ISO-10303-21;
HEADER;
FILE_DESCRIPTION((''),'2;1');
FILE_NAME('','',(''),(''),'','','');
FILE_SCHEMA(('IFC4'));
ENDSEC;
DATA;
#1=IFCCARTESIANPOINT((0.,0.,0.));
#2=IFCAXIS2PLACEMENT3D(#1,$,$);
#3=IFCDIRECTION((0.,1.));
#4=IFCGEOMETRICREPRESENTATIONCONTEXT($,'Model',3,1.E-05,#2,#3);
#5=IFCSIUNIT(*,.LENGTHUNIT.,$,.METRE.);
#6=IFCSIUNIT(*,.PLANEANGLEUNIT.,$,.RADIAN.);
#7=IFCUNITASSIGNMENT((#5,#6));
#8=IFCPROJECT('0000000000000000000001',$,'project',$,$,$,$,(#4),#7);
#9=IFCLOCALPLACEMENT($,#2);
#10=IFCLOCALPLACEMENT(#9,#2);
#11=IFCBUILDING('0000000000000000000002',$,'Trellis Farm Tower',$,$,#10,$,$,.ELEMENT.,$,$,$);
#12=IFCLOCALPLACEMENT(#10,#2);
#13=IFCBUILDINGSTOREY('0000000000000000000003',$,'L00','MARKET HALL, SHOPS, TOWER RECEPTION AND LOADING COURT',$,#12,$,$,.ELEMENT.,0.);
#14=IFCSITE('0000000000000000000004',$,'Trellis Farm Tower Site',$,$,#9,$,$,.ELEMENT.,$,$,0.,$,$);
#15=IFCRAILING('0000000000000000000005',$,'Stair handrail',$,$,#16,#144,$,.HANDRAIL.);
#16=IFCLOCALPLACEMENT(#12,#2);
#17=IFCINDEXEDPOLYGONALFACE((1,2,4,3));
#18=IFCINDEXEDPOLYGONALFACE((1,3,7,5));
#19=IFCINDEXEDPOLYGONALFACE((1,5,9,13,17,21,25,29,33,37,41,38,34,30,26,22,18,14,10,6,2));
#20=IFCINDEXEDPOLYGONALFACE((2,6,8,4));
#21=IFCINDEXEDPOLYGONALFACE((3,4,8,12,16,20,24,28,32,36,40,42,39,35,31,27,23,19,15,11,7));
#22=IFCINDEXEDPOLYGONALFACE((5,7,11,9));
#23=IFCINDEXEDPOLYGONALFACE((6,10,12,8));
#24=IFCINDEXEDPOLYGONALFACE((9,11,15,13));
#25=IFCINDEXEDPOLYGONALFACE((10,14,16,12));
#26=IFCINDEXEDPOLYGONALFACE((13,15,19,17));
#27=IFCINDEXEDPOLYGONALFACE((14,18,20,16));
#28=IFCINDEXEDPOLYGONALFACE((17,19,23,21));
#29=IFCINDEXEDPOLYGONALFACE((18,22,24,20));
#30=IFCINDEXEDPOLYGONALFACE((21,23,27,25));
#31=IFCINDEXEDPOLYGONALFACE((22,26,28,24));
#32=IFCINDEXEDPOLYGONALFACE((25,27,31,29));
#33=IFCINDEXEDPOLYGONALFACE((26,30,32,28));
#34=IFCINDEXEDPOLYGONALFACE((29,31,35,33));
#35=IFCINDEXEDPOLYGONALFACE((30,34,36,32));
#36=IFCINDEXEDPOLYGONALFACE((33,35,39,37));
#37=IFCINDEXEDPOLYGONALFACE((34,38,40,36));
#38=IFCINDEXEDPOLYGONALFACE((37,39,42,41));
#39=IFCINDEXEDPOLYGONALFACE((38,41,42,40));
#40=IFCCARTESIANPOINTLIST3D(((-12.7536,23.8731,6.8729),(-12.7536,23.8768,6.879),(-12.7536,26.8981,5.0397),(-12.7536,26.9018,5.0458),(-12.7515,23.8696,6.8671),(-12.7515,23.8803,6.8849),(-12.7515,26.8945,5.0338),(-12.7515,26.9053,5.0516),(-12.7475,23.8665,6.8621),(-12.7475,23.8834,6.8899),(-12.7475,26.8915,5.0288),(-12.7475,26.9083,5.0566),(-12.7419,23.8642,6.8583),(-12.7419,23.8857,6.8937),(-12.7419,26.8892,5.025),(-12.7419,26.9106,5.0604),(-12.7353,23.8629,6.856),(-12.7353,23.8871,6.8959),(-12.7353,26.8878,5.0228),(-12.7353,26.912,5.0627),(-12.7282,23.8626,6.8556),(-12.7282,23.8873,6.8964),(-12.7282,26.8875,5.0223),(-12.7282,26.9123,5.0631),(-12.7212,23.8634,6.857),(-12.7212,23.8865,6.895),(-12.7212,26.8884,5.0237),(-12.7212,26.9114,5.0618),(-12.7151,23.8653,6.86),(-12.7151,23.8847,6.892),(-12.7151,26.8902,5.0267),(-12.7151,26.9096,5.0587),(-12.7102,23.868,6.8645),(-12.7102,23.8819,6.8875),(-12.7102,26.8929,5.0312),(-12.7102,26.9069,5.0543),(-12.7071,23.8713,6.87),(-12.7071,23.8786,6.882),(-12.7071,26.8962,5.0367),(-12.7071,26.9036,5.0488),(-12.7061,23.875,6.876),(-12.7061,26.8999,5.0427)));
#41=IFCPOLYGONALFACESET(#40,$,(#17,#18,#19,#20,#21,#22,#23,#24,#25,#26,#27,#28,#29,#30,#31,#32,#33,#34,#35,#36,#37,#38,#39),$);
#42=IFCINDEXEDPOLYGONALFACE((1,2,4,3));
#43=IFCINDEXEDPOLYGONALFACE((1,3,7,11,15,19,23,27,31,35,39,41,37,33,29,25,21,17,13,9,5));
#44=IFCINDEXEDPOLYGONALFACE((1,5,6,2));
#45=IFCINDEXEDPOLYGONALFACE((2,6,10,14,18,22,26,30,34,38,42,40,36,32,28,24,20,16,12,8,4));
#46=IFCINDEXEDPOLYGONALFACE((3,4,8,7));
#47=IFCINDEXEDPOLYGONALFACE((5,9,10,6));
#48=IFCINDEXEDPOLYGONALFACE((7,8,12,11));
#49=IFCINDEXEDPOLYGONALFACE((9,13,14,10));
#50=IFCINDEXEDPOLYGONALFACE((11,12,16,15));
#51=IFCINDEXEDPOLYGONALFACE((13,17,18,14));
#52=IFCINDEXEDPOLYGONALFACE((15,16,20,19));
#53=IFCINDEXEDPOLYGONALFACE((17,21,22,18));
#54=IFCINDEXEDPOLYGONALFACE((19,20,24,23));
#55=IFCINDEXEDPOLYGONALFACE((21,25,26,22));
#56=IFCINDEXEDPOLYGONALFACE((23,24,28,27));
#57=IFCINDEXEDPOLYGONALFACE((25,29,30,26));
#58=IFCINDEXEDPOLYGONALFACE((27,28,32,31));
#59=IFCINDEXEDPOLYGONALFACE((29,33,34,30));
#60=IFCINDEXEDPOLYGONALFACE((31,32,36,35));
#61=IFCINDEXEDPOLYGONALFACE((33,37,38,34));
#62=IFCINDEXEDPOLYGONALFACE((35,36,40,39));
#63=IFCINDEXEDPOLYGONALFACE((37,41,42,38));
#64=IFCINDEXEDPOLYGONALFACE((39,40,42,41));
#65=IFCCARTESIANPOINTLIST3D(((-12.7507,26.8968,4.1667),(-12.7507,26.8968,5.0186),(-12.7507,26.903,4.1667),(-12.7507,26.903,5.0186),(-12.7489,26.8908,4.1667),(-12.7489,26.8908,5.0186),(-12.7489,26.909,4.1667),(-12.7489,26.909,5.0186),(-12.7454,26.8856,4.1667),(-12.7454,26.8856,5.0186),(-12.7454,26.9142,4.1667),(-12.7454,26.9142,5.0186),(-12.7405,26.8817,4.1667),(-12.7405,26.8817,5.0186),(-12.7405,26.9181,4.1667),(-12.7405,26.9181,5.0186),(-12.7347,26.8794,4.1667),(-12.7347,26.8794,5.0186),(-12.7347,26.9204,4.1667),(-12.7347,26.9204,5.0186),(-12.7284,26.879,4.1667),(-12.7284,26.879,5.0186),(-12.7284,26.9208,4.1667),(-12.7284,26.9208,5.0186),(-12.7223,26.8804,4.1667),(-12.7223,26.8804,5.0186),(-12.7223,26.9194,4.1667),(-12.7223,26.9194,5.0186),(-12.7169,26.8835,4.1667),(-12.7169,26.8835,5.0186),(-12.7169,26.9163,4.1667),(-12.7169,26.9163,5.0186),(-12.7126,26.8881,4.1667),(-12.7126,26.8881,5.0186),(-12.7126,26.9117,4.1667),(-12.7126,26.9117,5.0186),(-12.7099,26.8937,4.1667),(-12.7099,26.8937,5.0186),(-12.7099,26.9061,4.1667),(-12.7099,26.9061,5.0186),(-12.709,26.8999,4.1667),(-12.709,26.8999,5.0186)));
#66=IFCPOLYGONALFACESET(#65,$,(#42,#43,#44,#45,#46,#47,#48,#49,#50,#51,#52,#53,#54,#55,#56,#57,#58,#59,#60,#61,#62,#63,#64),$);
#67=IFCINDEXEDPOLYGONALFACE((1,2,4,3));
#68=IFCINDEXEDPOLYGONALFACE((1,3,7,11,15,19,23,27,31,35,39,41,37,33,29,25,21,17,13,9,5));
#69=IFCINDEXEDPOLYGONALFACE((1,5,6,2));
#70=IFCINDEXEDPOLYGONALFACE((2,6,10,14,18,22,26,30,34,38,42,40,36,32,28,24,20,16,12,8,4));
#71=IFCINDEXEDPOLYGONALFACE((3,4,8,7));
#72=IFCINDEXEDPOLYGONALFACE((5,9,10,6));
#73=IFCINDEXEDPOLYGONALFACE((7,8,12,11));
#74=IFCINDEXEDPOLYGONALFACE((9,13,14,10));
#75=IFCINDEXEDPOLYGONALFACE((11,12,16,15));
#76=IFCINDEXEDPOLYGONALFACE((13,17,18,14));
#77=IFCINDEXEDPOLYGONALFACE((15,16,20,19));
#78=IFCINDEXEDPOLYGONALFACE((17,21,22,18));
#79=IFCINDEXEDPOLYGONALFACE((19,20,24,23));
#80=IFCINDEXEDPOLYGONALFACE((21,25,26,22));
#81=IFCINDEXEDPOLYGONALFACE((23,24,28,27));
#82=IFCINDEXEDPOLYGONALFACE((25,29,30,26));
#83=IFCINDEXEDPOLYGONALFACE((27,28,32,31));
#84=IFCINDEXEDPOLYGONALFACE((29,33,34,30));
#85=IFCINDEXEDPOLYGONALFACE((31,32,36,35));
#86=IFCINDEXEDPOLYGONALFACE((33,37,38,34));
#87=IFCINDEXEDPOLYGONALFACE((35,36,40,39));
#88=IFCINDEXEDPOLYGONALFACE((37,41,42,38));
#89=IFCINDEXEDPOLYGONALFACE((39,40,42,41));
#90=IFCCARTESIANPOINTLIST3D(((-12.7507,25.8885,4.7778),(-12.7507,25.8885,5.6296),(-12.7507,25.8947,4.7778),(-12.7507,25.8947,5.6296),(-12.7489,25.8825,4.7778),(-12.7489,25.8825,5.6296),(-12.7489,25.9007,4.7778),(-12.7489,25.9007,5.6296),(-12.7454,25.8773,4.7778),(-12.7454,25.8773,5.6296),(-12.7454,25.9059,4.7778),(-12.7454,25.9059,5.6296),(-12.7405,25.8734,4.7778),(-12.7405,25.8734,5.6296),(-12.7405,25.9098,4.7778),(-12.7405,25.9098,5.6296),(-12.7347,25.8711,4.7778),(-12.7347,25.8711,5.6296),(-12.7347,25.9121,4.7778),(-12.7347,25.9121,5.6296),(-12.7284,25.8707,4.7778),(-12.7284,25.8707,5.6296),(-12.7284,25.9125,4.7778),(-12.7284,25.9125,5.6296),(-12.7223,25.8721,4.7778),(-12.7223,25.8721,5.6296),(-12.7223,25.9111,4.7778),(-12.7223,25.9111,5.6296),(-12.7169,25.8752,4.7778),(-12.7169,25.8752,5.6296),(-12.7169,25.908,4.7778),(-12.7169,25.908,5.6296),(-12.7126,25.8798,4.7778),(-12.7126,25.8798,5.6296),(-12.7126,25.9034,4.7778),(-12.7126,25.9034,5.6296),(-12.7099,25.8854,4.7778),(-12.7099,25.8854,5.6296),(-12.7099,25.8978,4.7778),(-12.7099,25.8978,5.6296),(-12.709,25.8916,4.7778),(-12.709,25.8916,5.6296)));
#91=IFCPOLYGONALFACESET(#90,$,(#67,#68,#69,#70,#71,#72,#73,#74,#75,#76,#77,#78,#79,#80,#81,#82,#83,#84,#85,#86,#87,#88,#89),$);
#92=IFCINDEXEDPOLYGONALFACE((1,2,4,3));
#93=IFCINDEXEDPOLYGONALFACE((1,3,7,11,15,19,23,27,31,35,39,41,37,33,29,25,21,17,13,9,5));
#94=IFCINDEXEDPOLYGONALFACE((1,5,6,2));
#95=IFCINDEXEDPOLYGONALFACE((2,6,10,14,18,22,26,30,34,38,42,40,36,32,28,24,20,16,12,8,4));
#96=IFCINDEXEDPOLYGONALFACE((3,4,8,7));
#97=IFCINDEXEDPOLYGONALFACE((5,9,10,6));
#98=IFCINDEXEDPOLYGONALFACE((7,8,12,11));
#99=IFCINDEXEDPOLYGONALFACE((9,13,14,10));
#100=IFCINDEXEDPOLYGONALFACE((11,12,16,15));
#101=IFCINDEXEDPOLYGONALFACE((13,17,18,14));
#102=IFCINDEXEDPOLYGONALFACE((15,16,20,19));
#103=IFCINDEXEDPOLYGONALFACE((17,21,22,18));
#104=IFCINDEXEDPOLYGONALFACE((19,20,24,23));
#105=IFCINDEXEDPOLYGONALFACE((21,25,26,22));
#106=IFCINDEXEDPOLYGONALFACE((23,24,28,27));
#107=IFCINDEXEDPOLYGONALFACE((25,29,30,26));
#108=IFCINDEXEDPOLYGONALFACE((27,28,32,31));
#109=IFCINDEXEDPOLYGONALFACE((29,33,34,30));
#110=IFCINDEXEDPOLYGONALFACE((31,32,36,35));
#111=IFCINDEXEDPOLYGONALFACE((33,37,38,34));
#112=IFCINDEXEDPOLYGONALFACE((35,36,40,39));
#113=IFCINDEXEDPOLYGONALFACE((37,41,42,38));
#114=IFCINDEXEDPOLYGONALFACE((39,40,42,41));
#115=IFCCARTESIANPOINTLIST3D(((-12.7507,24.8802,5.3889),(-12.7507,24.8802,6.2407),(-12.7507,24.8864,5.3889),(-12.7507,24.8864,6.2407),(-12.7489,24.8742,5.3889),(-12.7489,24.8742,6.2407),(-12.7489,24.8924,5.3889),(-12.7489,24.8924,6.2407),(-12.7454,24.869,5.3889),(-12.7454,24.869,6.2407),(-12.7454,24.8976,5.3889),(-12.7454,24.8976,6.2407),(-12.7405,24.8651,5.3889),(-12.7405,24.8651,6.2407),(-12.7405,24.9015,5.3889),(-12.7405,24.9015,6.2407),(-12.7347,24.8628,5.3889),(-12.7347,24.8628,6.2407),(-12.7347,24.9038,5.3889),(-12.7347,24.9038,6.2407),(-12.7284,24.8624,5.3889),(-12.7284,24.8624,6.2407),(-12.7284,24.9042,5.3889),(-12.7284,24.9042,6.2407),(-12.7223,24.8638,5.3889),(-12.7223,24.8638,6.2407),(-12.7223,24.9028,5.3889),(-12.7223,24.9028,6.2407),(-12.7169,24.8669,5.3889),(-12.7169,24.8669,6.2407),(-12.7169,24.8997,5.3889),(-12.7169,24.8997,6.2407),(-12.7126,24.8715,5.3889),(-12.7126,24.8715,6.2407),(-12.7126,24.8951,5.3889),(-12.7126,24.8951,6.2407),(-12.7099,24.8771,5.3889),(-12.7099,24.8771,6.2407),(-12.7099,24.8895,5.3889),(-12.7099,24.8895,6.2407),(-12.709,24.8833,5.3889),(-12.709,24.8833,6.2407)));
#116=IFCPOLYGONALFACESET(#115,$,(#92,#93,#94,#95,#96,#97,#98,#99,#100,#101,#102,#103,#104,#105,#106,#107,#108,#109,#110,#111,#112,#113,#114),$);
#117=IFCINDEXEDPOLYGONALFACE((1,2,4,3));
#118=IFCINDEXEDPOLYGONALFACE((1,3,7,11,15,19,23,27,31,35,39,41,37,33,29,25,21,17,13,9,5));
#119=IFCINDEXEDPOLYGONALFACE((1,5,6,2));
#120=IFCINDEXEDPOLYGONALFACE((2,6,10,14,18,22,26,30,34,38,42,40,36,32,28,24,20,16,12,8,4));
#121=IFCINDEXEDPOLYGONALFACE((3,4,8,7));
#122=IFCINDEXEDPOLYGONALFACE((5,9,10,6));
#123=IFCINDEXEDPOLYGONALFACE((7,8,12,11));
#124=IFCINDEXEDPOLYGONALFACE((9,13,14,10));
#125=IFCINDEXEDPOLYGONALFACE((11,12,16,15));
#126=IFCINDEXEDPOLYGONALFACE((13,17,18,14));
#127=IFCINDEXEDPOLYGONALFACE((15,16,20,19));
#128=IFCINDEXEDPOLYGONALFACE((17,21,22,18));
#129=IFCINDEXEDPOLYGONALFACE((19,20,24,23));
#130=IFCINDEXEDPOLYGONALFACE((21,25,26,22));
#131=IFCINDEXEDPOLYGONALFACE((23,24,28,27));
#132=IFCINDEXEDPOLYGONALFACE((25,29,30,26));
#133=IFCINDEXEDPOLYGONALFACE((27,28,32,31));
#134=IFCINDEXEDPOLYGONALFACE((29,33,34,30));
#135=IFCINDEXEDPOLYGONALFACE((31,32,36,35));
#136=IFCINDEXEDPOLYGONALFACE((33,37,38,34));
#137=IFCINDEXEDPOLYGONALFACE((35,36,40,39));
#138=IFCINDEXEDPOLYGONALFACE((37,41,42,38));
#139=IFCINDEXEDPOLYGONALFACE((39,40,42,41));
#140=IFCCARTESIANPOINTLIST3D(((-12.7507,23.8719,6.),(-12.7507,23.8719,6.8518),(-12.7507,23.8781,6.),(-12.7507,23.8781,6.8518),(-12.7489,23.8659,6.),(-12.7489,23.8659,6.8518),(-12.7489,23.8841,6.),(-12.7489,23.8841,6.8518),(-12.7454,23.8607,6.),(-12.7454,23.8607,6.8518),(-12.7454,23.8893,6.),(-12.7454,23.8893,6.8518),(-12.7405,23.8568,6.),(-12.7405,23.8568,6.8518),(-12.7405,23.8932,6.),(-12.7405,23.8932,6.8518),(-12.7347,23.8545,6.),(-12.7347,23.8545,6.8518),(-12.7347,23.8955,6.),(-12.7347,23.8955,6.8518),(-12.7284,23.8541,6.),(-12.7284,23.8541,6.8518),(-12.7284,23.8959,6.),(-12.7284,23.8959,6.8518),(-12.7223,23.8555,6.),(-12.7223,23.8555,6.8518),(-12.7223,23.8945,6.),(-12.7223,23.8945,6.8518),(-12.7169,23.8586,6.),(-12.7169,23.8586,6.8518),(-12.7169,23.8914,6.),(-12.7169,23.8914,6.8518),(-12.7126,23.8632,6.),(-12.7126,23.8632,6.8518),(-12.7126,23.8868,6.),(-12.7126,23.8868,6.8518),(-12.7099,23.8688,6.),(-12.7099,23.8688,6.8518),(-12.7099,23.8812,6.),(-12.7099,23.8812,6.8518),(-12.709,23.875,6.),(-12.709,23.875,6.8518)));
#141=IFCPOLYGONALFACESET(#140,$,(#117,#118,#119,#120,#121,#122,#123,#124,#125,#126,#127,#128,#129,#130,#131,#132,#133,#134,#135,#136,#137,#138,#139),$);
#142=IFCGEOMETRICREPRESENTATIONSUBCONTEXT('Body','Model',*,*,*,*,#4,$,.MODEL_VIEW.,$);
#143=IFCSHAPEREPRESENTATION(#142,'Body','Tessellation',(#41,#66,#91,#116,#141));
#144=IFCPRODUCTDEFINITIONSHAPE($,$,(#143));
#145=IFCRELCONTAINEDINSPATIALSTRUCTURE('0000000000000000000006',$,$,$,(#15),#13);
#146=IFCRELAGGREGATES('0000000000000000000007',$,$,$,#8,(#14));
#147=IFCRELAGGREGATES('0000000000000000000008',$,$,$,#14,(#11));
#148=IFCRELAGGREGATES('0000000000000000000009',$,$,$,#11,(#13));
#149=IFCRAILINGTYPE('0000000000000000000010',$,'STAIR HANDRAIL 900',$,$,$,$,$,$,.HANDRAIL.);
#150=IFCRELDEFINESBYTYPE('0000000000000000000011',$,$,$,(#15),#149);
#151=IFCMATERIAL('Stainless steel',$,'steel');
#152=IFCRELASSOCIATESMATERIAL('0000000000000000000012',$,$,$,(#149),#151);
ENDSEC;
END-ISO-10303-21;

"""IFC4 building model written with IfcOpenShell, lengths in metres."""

from ifc_helpers import new_model, si_unit, direction, frame, origin, origin_2d, place, context, subcontext, project, spatial, circle, extrude, source, transform, mapped, material, type_object, element, save


model = new_model("IFC4")

# Units and contexts
model_context = context("Model", 3, precision=1e-05, world=origin(), true_north=direction((0.0, 1.0)))
body_context = subcontext(model_context, "Body", "Model", "MODEL_VIEW")
ifc_project = project(units=[si_unit("LENGTHUNIT", "METRE"), si_unit("PLANEANGLEUNIT", "RADIAN")], contexts=[model_context])

# Site, building, storey
site_placement = place(None, origin())
site = spatial("IfcSite", under=ifc_project, at=site_placement, Name="Trellis Farm Tower Site", CompositionType="ELEMENT", RefElevation=0.0)
building_placement = place(site_placement, origin())
building = spatial("IfcBuilding", under=site, at=building_placement, Name="Trellis Farm Tower", CompositionType="ELEMENT")
storey_placement = place(building_placement, origin())
storey = spatial("IfcBuildingStorey", under=building, at=storey_placement, Name="L00", Description="MARKET HALL, SHOPS, TOWER RECEPTION AND LOADING COURT", CompositionType="ELEMENT", Elevation=0.0)

# Railing
ifc_material_1 = material(Name="Stainless steel", Category="steel")
railing_type = type_object("IfcRailingType", Name="STAIR HANDRAIL 900", PredefinedType="HANDRAIL", material=ifc_material_1)
shared_shape_1 = source(origin(), body_context, "Body", "SweptSolid", [
    extrude(circle(Radius=0.0239, at=origin_2d()), frame((0.0, 0.0, 0.876), z_axis=(0.0, -0.855201, 0.518297), x_axis=(1.0, 0.0, 0.0)), (0.0, 0.0, 1.0), 3.5371),
    extrude(circle(Radius=0.021, at=origin_2d()), origin(), (0.0, 0.0, 1.0), 0.8518),
    extrude(circle(Radius=0.021, at=origin_2d()), frame((0.0, -1.0083, 0.6111)), (0.0, 0.0, 1.0), 0.8518),
    extrude(circle(Radius=0.021, at=origin_2d()), frame((0.0, -2.0166, 1.2222)), (0.0, 0.0, 1.0), 0.8518),
    extrude(circle(Radius=0.021, at=origin_2d()), frame((0.0, -3.0249, 1.8333)), (0.0, 0.0, 1.0), 0.8518),
])
for number, where, name in (
    (1, (-12.73, 26.8999, 4.1667), "Stair handrail"),
):
    element("IfcRailing", number, at=place(storey_placement, frame(where)), inside=storey, type_object=railing_type, Name=name, PredefinedType="HANDRAIL", context=body_context, shape_type="MappedRepresentation", body=[
        mapped(shared_shape_1, transform((0.0, 0.0, 0.0))),
    ])

save(model, "model.ifc")
